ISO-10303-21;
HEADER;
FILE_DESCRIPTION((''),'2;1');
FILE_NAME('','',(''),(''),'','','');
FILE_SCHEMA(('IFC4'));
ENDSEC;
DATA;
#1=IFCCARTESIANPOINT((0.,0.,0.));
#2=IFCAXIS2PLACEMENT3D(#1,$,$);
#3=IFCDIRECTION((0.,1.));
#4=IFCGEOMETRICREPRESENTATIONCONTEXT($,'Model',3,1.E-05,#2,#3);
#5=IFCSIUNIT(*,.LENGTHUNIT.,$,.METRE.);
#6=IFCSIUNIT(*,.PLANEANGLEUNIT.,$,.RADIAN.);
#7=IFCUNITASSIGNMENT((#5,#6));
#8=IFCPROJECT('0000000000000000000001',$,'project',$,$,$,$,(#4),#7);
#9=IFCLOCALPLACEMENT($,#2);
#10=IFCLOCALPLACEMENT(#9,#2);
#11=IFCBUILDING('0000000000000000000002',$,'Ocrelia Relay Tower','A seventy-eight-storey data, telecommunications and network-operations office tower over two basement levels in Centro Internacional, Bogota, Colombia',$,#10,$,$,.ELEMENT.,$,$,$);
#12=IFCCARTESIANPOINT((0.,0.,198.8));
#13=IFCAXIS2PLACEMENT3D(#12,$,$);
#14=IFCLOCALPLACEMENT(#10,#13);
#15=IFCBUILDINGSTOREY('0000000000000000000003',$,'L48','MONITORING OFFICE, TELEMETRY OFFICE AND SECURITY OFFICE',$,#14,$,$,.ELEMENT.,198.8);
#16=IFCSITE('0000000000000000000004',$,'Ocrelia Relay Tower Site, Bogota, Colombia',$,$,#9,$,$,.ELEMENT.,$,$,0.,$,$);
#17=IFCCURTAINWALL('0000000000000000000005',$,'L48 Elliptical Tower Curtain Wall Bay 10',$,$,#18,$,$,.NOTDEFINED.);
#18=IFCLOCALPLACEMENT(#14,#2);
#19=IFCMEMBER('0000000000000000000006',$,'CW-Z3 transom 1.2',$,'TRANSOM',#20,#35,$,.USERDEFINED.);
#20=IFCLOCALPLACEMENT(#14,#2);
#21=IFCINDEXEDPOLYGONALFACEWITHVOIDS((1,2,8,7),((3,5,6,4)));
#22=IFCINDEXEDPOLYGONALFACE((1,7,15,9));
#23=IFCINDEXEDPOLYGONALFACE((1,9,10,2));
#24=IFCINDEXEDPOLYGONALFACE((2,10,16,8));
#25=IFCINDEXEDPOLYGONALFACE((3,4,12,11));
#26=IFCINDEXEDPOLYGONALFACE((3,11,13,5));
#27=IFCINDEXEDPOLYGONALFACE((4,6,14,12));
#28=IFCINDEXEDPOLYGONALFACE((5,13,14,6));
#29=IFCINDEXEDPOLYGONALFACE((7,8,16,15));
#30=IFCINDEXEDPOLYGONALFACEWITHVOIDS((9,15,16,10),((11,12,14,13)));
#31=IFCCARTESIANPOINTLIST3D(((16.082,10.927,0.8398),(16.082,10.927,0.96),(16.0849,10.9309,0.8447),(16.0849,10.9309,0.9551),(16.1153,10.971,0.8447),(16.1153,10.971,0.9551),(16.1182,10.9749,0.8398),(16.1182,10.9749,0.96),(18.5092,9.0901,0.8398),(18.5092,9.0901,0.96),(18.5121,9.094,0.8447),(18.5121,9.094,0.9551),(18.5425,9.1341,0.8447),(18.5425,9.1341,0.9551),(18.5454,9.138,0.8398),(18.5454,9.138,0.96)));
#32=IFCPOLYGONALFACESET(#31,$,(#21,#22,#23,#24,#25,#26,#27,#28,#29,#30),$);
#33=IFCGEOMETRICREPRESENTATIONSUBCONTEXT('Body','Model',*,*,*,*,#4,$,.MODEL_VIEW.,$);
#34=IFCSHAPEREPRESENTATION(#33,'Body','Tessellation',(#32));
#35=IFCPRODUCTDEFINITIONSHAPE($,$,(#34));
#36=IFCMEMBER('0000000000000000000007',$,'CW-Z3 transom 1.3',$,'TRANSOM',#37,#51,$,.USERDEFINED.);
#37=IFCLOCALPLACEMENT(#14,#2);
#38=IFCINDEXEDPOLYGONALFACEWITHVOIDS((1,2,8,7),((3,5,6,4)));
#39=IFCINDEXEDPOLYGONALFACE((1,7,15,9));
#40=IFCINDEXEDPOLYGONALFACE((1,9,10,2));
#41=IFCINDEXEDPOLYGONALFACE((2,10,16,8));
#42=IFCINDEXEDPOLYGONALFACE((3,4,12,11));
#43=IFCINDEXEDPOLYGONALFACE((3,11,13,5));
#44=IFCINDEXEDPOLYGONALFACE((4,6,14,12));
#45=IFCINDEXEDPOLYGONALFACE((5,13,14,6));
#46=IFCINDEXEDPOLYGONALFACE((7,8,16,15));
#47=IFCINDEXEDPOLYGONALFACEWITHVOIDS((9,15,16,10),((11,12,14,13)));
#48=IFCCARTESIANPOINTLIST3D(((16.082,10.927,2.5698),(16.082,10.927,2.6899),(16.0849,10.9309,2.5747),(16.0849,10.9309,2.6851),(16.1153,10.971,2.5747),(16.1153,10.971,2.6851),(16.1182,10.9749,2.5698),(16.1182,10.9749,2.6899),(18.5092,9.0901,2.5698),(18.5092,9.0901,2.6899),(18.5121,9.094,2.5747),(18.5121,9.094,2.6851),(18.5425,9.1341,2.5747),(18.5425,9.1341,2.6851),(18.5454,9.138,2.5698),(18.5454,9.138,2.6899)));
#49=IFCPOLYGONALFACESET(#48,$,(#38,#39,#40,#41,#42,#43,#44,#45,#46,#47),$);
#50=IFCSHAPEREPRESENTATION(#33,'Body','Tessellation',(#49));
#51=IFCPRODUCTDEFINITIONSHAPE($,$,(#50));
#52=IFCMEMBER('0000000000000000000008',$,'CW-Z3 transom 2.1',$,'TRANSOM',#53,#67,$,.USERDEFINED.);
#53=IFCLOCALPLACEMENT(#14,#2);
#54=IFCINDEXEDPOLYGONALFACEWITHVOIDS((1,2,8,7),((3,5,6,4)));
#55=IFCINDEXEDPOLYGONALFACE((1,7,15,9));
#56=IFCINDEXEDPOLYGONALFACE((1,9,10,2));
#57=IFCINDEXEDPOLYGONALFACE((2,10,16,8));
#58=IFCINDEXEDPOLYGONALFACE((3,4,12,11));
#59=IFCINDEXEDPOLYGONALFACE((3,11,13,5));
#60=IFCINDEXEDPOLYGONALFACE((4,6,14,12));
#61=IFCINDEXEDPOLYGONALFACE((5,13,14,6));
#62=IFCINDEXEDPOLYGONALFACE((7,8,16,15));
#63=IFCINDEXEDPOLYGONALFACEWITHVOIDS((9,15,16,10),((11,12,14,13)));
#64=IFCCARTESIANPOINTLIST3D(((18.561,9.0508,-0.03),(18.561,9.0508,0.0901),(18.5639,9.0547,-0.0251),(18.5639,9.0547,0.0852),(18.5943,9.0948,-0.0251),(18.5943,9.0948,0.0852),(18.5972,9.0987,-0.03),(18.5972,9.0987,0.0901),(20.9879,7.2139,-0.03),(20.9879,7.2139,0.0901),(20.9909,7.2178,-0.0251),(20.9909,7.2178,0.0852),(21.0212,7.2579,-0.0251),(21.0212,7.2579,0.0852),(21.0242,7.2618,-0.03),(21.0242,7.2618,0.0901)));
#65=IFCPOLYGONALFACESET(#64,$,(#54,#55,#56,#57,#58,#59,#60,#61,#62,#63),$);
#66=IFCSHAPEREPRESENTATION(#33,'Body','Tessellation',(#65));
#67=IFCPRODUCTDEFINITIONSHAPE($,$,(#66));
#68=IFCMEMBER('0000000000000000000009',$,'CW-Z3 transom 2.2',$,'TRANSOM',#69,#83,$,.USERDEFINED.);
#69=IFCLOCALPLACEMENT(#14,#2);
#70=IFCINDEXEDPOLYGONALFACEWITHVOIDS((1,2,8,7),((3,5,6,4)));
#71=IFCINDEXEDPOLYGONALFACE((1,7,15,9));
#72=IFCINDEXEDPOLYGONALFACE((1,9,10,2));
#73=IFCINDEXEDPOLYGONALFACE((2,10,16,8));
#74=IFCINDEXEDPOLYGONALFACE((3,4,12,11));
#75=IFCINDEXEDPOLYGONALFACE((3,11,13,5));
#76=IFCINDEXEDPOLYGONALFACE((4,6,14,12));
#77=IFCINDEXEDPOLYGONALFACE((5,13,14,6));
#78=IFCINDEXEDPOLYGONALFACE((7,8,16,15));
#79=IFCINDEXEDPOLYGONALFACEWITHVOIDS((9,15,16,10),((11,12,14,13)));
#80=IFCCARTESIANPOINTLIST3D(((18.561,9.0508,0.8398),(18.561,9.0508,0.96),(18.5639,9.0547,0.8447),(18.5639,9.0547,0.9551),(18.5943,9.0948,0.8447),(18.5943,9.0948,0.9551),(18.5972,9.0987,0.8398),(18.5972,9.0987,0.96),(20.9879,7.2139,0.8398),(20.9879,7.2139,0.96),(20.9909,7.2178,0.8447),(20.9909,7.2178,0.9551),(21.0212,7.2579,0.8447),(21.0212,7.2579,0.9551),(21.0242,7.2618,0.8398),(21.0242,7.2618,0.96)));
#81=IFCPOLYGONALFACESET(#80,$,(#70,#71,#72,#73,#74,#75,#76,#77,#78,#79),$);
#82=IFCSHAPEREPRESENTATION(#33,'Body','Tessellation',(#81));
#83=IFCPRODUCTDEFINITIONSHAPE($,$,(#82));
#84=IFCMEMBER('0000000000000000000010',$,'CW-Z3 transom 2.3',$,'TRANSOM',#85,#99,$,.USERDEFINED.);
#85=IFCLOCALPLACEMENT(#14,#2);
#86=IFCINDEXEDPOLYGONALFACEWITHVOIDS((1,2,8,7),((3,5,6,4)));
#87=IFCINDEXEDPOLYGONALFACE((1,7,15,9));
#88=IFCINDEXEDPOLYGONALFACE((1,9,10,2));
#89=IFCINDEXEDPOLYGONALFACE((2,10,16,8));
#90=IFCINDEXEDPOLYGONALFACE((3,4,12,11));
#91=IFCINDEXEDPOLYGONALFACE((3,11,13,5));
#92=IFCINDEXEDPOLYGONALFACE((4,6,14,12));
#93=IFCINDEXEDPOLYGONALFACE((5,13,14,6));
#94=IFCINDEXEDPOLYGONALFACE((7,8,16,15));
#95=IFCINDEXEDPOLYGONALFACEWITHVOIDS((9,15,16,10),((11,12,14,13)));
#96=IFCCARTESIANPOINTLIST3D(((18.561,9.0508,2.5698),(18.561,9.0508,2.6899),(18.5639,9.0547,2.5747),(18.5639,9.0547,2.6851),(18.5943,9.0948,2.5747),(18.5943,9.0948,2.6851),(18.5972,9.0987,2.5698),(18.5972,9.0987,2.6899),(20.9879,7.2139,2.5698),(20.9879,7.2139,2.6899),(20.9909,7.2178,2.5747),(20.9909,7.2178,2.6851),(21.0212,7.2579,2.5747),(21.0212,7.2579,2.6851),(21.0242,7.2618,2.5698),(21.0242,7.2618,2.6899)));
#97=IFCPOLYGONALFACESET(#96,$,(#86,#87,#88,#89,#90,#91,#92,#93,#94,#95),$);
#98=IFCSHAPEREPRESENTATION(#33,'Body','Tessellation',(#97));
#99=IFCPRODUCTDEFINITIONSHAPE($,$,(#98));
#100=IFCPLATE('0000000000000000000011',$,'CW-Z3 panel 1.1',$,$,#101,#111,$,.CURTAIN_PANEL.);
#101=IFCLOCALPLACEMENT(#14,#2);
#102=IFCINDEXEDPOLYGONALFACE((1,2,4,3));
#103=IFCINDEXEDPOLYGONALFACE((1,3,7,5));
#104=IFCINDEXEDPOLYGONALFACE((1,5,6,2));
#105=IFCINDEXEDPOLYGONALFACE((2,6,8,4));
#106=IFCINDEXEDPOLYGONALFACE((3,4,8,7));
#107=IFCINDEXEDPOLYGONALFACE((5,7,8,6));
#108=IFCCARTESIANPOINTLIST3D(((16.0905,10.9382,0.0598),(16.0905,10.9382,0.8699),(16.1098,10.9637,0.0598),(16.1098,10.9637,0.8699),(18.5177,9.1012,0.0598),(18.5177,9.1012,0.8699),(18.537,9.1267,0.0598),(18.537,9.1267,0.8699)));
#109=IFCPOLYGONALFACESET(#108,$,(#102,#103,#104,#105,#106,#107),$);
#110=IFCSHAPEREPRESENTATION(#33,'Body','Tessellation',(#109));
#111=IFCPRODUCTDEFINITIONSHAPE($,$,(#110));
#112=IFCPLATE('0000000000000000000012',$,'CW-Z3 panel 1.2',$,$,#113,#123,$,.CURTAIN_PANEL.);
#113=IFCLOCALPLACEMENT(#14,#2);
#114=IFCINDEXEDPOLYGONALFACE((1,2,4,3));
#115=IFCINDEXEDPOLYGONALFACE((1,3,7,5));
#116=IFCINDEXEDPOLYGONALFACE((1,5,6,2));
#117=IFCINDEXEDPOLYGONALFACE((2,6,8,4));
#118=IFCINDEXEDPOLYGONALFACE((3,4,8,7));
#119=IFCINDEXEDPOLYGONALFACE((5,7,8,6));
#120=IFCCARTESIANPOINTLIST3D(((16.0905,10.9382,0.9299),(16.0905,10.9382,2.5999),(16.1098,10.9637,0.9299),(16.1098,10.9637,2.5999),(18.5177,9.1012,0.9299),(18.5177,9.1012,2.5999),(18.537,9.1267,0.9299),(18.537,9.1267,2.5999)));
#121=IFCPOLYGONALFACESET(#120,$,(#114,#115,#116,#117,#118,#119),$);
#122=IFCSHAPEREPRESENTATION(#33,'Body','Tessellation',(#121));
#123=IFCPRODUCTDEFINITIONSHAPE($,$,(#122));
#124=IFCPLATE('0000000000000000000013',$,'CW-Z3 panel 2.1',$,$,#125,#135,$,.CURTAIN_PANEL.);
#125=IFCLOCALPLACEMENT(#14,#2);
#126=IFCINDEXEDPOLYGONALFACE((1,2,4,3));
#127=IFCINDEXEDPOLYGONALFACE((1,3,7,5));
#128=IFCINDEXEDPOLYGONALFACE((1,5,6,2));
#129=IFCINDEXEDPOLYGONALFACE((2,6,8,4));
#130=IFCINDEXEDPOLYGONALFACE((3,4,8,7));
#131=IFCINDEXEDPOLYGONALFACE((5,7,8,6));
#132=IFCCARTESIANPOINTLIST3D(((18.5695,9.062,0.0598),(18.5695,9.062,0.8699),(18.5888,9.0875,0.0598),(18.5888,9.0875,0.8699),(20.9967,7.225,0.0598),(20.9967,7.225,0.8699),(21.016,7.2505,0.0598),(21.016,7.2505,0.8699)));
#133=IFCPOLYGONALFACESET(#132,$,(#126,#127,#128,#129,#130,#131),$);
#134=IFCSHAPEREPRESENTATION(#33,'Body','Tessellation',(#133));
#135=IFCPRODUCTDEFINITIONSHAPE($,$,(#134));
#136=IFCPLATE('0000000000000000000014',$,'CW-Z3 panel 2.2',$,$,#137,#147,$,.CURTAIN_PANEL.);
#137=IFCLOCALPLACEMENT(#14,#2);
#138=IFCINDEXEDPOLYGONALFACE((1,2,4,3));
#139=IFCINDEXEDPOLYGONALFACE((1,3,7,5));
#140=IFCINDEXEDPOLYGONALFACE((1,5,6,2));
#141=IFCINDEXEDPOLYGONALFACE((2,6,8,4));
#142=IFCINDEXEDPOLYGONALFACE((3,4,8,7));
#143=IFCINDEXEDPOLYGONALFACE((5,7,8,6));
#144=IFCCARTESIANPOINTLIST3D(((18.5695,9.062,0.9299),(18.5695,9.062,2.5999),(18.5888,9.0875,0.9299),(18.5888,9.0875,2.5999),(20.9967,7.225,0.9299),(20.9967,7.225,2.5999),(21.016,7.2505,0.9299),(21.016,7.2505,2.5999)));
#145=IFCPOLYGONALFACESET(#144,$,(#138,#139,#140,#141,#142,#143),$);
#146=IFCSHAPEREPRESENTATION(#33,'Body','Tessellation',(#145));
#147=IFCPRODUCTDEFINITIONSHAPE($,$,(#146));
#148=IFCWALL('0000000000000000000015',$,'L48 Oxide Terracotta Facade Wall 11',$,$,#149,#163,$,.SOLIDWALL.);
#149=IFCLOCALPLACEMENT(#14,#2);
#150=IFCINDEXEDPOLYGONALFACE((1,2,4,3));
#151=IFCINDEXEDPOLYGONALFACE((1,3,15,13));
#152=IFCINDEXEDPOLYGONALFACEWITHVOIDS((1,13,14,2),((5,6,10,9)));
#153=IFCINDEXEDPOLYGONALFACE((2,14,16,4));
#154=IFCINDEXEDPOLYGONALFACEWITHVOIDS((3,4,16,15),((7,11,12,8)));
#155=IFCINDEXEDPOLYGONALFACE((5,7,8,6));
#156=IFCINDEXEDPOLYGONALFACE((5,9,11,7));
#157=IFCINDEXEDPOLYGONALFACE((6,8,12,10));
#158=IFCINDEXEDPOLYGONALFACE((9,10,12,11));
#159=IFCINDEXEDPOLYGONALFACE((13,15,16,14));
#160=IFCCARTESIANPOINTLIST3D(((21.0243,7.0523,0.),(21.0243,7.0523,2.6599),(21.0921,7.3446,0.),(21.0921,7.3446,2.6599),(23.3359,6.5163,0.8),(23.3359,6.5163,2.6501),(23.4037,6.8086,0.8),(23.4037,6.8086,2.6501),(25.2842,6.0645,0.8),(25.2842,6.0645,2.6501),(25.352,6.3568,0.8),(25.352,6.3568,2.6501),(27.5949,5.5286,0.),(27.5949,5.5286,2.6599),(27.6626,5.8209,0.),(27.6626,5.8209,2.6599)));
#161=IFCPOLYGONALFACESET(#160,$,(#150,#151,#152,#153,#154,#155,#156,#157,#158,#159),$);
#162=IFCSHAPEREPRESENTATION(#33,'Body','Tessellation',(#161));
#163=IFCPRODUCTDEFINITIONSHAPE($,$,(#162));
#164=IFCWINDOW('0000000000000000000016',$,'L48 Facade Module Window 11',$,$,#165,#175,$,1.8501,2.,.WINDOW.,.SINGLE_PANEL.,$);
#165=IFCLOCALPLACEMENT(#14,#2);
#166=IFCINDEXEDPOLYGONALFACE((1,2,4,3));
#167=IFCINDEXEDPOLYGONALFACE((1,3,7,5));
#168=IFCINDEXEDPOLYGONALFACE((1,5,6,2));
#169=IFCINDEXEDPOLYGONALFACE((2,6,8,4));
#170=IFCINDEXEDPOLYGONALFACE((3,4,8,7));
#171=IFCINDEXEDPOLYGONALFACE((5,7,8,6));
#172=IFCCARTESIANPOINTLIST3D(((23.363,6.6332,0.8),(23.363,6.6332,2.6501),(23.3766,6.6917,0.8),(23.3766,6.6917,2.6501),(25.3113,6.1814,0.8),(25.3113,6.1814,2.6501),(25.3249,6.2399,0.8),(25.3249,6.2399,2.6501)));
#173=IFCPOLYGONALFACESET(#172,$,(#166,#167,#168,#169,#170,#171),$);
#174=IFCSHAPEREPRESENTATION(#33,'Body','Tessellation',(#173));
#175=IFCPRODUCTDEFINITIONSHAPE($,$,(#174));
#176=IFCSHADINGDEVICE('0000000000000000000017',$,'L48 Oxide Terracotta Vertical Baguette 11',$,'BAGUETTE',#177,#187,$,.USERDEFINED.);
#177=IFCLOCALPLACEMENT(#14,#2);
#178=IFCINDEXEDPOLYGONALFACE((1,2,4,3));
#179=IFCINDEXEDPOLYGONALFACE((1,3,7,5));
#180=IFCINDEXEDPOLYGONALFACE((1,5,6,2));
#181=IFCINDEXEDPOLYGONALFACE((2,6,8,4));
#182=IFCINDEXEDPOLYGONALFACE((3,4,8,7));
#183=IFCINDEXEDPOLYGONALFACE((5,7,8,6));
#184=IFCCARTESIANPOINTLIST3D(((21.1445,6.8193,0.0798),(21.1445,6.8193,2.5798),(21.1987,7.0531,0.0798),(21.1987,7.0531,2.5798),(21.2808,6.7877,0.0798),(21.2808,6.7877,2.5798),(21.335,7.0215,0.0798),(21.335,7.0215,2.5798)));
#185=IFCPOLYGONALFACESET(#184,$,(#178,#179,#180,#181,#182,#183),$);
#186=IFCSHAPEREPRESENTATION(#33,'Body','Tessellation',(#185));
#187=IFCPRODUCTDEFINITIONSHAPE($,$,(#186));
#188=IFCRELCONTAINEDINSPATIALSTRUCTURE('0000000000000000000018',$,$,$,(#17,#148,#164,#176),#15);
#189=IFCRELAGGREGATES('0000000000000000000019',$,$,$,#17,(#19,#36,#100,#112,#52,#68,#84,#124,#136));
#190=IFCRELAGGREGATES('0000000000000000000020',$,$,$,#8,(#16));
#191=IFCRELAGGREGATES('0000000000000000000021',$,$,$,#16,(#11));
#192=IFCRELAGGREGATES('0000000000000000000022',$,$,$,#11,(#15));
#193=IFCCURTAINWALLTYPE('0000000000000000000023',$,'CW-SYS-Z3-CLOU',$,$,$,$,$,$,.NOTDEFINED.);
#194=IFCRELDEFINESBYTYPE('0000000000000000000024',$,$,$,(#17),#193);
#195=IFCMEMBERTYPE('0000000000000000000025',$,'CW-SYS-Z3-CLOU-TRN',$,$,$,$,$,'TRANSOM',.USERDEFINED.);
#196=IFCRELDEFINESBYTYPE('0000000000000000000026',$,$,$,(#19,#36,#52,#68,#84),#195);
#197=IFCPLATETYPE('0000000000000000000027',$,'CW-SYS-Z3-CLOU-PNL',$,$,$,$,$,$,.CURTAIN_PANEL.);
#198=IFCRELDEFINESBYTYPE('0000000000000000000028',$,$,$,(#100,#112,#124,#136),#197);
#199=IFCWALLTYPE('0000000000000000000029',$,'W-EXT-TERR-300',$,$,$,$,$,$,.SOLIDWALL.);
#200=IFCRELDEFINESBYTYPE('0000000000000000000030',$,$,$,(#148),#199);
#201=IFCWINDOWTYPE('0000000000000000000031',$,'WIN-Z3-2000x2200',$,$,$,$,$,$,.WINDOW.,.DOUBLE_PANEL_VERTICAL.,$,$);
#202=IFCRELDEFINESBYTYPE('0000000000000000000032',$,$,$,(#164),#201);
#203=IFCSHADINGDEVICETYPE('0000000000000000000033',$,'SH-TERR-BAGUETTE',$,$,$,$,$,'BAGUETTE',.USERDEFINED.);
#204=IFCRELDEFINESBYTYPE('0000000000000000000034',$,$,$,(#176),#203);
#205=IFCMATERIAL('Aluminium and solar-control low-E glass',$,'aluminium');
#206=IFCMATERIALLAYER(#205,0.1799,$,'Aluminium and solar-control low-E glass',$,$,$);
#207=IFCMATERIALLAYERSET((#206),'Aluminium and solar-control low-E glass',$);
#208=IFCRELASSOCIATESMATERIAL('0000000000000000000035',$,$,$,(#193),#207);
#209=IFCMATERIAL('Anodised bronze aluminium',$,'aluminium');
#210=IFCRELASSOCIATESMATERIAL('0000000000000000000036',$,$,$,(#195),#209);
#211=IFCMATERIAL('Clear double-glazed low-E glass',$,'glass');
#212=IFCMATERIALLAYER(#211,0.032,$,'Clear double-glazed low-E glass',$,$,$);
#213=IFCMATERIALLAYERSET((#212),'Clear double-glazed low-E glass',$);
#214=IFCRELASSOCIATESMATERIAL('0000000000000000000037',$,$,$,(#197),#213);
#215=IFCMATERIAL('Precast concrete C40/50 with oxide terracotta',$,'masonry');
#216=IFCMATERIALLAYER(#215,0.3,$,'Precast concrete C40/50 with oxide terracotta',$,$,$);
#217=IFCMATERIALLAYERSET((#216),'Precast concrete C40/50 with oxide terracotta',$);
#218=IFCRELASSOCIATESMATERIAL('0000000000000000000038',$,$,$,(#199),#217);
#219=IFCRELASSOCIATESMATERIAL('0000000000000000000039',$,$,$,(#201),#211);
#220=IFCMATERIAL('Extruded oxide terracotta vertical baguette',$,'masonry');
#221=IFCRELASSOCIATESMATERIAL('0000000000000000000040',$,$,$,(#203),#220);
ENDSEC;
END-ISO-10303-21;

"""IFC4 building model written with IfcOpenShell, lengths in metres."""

from ifc_helpers import new_model, si_unit, direction, frame, frame_2d, origin, origin_2d, place, context, subcontext, project, spatial, rectangle, hollow_rectangle, extrude, material, layer, layer_set, material_profile, profile_set, type_object, element, fill, aggregate, save


model = new_model("IFC4")

# Units and contexts
model_context = context("Model", 3, precision=1e-05, world=origin(), true_north=direction((0.0, 1.0)))
body_context = subcontext(model_context, "Body", "Model", "MODEL_VIEW")
ifc_project = project(units=[si_unit("LENGTHUNIT", "METRE"), si_unit("PLANEANGLEUNIT", "RADIAN")], contexts=[model_context])

# Site, building, storey
site_placement = place(None, origin())
site = spatial("IfcSite", under=ifc_project, at=site_placement, Name="Ocrelia Relay Tower Site, Bogota, Colombia", CompositionType="ELEMENT", RefElevation=0.0)
building_placement = place(site_placement, origin())
building = spatial("IfcBuilding", under=site, at=building_placement, Name="Ocrelia Relay Tower", Description="A seventy-eight-storey data, telecommunications and network-operations office tower over two basement levels in Centro Internacional, Bogota, Colombia", CompositionType="ELEMENT")
storey_placement = place(building_placement, frame((0.0, 0.0, 198.8)))
storey = spatial("IfcBuildingStorey", under=building, at=storey_placement, Name="L48", Description="MONITORING OFFICE, TELEMETRY OFFICE AND SECURITY OFFICE", CompositionType="ELEMENT", Elevation=198.8)

# Curtain wall, members, plates
ifc_material_1 = material(Name="Aluminium and solar-control low-E glass", Category="aluminium")
ifc_layer_1 = layer(ifc_material_1, 0.1799, Name="Aluminium and solar-control low-E glass")
ifc_layer_set_1 = layer_set([ifc_layer_1], Name="Aluminium and solar-control low-E glass")
curtain_wall_type = type_object("IfcCurtainWallType", Name="CW-SYS-Z3-CLOU", PredefinedType="NOTDEFINED", material=ifc_layer_set_1)
curtain_wall_placement = place(storey_placement, origin())
curtain_wall = element("IfcCurtainWall", 1, at=curtain_wall_placement, inside=storey, type_object=curtain_wall_type, Name="L48 Elliptical Tower Curtain Wall Bay 10", PredefinedType="NOTDEFINED")
ifc_material_2 = material(Name="Anodised bronze aluminium", Category="aluminium")
ifc_material_profile_1 = material_profile(ifc_material_2, hollow_rectangle(XDim=0.0601, YDim=0.1201, WallThickness=0.0049, at=origin_2d()), Name="CW-TRN-120x60")
ifc_profile_set_1 = profile_set([ifc_material_profile_1], Name="Anodised bronze aluminium")
member_type_1 = type_object("IfcMemberType", Name="CW-SYS-Z3-CLOU-TRN", ElementType="TRANSOM", PredefinedType="USERDEFINED", material=ifc_profile_set_1)
member_1_placement = place(storey_placement, frame((16.1001, 10.9509, 0.8999), z_axis=(0.797394, -0.603459, 0.0), x_axis=(0.603459, 0.797394, 0.0)))
member_1 = element("IfcMember", 2, at=member_1_placement, type_object=member_type_1, Name="CW-Z3 transom 1.2", ObjectType="TRANSOM", PredefinedType="USERDEFINED", context=body_context, shape_type="SweptSolid", body=[
    extrude(hollow_rectangle(XDim=0.0601, YDim=0.1201, WallThickness=0.0049, at=origin_2d()), origin(), (0.0, 0.0, 1.0), 3.0439),
])
member_2_placement = place(storey_placement, frame((16.1001, 10.9509, 2.6299), z_axis=(0.797394, -0.603459, 0.0), x_axis=(0.603459, 0.797394, 0.0)))
member_2 = element("IfcMember", 3, at=member_2_placement, type_object=member_type_1, Name="CW-Z3 transom 1.3", ObjectType="TRANSOM", PredefinedType="USERDEFINED", context=body_context, shape_type="SweptSolid", body=[
    extrude(hollow_rectangle(XDim=0.0601, YDim=0.1201, WallThickness=0.0049, at=origin_2d()), origin(), (0.0, 0.0, 1.0), 3.0439),
])
member_3_placement = place(storey_placement, frame((18.5791, 9.0747, 0.03), z_axis=(0.797365, -0.603498, 0.0), x_axis=(0.603498, 0.797365, 0.0)))
member_3 = element("IfcMember", 4, at=member_3_placement, type_object=member_type_1, Name="CW-Z3 transom 2.1", ObjectType="TRANSOM", PredefinedType="USERDEFINED", context=body_context, shape_type="SweptSolid", body=[
    extrude(hollow_rectangle(XDim=0.0601, YDim=0.1201, WallThickness=0.0049, at=origin_2d()), origin(), (0.0, 0.0, 1.0), 3.0437),
])
member_4_placement = place(storey_placement, frame((18.5791, 9.0747, 0.8999), z_axis=(0.797365, -0.603498, 0.0), x_axis=(0.603498, 0.797365, 0.0)))
member_4 = element("IfcMember", 5, at=member_4_placement, type_object=member_type_1, Name="CW-Z3 transom 2.2", ObjectType="TRANSOM", PredefinedType="USERDEFINED", context=body_context, shape_type="SweptSolid", body=[
    extrude(hollow_rectangle(XDim=0.0601, YDim=0.1201, WallThickness=0.0049, at=origin_2d()), origin(), (0.0, 0.0, 1.0), 3.0437),
])
member_5_placement = place(storey_placement, frame((18.5791, 9.0747, 2.6299), z_axis=(0.797365, -0.603498, 0.0), x_axis=(0.603498, 0.797365, 0.0)))
member_5 = element("IfcMember", 6, at=member_5_placement, type_object=member_type_1, Name="CW-Z3 transom 2.3", ObjectType="TRANSOM", PredefinedType="USERDEFINED", context=body_context, shape_type="SweptSolid", body=[
    extrude(hollow_rectangle(XDim=0.0601, YDim=0.1201, WallThickness=0.0049, at=origin_2d()), origin(), (0.0, 0.0, 1.0), 3.0437),
])
ifc_material_3 = material(Name="Clear double-glazed low-E glass", Category="glass")
ifc_layer_2 = layer(ifc_material_3, 0.032, Name="Clear double-glazed low-E glass")
ifc_layer_set_2 = layer_set([ifc_layer_2], Name="Clear double-glazed low-E glass")
plate_type = type_object("IfcPlateType", Name="CW-SYS-Z3-CLOU-PNL", PredefinedType="CURTAIN_PANEL", material=ifc_layer_set_2)
plate_1_placement = place(storey_placement, frame((17.3137, 10.0325, 0.0598), z_axis=(0.0, 0.0, 1.0), x_axis=(0.797378, -0.603481, 0.0)))
plate_1 = element("IfcPlate", 7, at=plate_1_placement, type_object=plate_type, Name="CW-Z3 panel 1.1", PredefinedType="CURTAIN_PANEL", context=body_context, shape_type="SweptSolid", body=[
    extrude(rectangle(XDim=3.0439, YDim=0.032, at=origin_2d()), origin(), (0.0, 0.0, 1.0), 0.8101),
])
plate_2_placement = place(storey_placement, frame((17.3137, 10.0325, 0.9299), z_axis=(0.0, 0.0, 1.0), x_axis=(0.797378, -0.603481, 0.0)))
plate_2 = element("IfcPlate", 8, at=plate_2_placement, type_object=plate_type, Name="CW-Z3 panel 1.2", PredefinedType="CURTAIN_PANEL", context=body_context, shape_type="SweptSolid", body=[
    extrude(rectangle(XDim=3.0439, YDim=0.032, at=origin_2d()), origin(), (0.0, 0.0, 1.0), 1.6699),
])
plate_3_placement = place(storey_placement, frame((19.7927, 8.1562, 0.0598), z_axis=(0.0, 0.0, 1.0), x_axis=(0.797378, -0.603481, 0.0)))
plate_3 = element("IfcPlate", 9, at=plate_3_placement, type_object=plate_type, Name="CW-Z3 panel 2.1", PredefinedType="CURTAIN_PANEL", context=body_context, shape_type="SweptSolid", body=[
    extrude(rectangle(XDim=3.0439, YDim=0.032, at=origin_2d()), origin(), (0.0, 0.0, 1.0), 0.8101),
])
plate_4_placement = place(storey_placement, frame((19.7927, 8.1562, 0.9299), z_axis=(0.0, 0.0, 1.0), x_axis=(0.797378, -0.603481, 0.0)))
plate_4 = element("IfcPlate", 10, at=plate_4_placement, type_object=plate_type, Name="CW-Z3 panel 2.2", PredefinedType="CURTAIN_PANEL", context=body_context, shape_type="SweptSolid", body=[
    extrude(rectangle(XDim=3.0439, YDim=0.032, at=origin_2d()), origin(), (0.0, 0.0, 1.0), 1.6699),
])
aggregate(curtain_wall, [member_1, member_2, plate_1, plate_2, member_3, member_4, member_5, plate_3, plate_4])

# Wall, opening, window
ifc_material_4 = material(Name="Precast concrete C40/50 with oxide terracotta", Category="masonry")
ifc_layer_3 = layer(ifc_material_4, 0.3, Name="Precast concrete C40/50 with oxide terracotta")
ifc_layer_set_3 = layer_set([ifc_layer_3], Name="Precast concrete C40/50 with oxide terracotta")
wall_type = type_object("IfcWallType", Name="W-EXT-TERR-300", PredefinedType="SOLIDWALL", material=ifc_layer_set_3)
wall_placement = place(storey_placement, frame((21.0581, 7.1985, 0.0), z_axis=(0.0, 0.0, 1.0), x_axis=(0.97415, -0.225901, 0.0)))
wall = element("IfcWall", 11, at=wall_placement, inside=storey, type_object=wall_type, Name="L48 Oxide Terracotta Facade Wall 11", PredefinedType="SOLIDWALL", context=body_context, shape_type="SweptSolid", body=[
    extrude(rectangle(XDim=6.7449, YDim=0.3, at=frame_2d((3.3726, 0.0))), origin(), (0.0, 0.0, 1.0), 2.6599),
])
opening_placement = place(wall_placement, frame((2.373, 0.0, 0.8)))
opening = element("IfcOpeningElement", 12, at=opening_placement, cuts=wall, PredefinedType="OPENING", context=body_context, shape_type="SweptSolid", body=[
    extrude(rectangle(XDim=2.0, YDim=1.8501, at=frame_2d((1.0, 0.925))), frame((0.0, 0.1602, 0.0), z_axis=(0.0, -1.0, 0.0), x_axis=(1.0, 0.0, 0.0)), (0.0, 0.0, 1.0), 0.3201),
])
window_type = type_object("IfcWindowType", Name="WIN-Z3-2000x2200", PartitioningType="DOUBLE_PANEL_VERTICAL", PredefinedType="WINDOW", material=ifc_material_3)
window_placement = place(opening_placement, origin())
window = element("IfcWindow", 13, at=window_placement, inside=storey, type_object=window_type, Name="L48 Facade Module Window 11", OverallHeight=1.8501, OverallWidth=2.0, PartitioningType="SINGLE_PANEL", PredefinedType="WINDOW", context=body_context, shape_type="SweptSolid", body=[
    extrude(rectangle(XDim=2.0, YDim=1.8501, at=frame_2d((1.0, 0.925))), frame((0.0, 0.03, 0.0), z_axis=(0.0, -1.0, 0.0), x_axis=(1.0, 0.0, 0.0)), (0.0, 0.0, 1.0), 0.0601),
])
fill(opening, window)

# Shading device
ifc_material_5 = material(Name="Extruded oxide terracotta vertical baguette", Category="masonry")
shading_device_type_1 = type_object("IfcShadingDeviceType", Name="SH-TERR-BAGUETTE", ElementType="BAGUETTE", PredefinedType="USERDEFINED", material=ifc_material_5)
shading_device_1_placement = place(storey_placement, frame((21.2397, 6.9204, 0.0798), z_axis=(0.0, 0.0, 1.0), x_axis=(0.974148, -0.225913, 0.0)))
element("IfcShadingDevice", 14, at=shading_device_1_placement, inside=storey, type_object=shading_device_type_1, Name="L48 Oxide Terracotta Vertical Baguette 11", ObjectType="BAGUETTE", PredefinedType="USERDEFINED", context=body_context, shape_type="SweptSolid", body=[
    extrude(rectangle(XDim=0.1399, YDim=0.24, at=origin_2d()), origin(), (0.0, 0.0, 1.0), 2.5),
])

save(model, "model.ifc")
